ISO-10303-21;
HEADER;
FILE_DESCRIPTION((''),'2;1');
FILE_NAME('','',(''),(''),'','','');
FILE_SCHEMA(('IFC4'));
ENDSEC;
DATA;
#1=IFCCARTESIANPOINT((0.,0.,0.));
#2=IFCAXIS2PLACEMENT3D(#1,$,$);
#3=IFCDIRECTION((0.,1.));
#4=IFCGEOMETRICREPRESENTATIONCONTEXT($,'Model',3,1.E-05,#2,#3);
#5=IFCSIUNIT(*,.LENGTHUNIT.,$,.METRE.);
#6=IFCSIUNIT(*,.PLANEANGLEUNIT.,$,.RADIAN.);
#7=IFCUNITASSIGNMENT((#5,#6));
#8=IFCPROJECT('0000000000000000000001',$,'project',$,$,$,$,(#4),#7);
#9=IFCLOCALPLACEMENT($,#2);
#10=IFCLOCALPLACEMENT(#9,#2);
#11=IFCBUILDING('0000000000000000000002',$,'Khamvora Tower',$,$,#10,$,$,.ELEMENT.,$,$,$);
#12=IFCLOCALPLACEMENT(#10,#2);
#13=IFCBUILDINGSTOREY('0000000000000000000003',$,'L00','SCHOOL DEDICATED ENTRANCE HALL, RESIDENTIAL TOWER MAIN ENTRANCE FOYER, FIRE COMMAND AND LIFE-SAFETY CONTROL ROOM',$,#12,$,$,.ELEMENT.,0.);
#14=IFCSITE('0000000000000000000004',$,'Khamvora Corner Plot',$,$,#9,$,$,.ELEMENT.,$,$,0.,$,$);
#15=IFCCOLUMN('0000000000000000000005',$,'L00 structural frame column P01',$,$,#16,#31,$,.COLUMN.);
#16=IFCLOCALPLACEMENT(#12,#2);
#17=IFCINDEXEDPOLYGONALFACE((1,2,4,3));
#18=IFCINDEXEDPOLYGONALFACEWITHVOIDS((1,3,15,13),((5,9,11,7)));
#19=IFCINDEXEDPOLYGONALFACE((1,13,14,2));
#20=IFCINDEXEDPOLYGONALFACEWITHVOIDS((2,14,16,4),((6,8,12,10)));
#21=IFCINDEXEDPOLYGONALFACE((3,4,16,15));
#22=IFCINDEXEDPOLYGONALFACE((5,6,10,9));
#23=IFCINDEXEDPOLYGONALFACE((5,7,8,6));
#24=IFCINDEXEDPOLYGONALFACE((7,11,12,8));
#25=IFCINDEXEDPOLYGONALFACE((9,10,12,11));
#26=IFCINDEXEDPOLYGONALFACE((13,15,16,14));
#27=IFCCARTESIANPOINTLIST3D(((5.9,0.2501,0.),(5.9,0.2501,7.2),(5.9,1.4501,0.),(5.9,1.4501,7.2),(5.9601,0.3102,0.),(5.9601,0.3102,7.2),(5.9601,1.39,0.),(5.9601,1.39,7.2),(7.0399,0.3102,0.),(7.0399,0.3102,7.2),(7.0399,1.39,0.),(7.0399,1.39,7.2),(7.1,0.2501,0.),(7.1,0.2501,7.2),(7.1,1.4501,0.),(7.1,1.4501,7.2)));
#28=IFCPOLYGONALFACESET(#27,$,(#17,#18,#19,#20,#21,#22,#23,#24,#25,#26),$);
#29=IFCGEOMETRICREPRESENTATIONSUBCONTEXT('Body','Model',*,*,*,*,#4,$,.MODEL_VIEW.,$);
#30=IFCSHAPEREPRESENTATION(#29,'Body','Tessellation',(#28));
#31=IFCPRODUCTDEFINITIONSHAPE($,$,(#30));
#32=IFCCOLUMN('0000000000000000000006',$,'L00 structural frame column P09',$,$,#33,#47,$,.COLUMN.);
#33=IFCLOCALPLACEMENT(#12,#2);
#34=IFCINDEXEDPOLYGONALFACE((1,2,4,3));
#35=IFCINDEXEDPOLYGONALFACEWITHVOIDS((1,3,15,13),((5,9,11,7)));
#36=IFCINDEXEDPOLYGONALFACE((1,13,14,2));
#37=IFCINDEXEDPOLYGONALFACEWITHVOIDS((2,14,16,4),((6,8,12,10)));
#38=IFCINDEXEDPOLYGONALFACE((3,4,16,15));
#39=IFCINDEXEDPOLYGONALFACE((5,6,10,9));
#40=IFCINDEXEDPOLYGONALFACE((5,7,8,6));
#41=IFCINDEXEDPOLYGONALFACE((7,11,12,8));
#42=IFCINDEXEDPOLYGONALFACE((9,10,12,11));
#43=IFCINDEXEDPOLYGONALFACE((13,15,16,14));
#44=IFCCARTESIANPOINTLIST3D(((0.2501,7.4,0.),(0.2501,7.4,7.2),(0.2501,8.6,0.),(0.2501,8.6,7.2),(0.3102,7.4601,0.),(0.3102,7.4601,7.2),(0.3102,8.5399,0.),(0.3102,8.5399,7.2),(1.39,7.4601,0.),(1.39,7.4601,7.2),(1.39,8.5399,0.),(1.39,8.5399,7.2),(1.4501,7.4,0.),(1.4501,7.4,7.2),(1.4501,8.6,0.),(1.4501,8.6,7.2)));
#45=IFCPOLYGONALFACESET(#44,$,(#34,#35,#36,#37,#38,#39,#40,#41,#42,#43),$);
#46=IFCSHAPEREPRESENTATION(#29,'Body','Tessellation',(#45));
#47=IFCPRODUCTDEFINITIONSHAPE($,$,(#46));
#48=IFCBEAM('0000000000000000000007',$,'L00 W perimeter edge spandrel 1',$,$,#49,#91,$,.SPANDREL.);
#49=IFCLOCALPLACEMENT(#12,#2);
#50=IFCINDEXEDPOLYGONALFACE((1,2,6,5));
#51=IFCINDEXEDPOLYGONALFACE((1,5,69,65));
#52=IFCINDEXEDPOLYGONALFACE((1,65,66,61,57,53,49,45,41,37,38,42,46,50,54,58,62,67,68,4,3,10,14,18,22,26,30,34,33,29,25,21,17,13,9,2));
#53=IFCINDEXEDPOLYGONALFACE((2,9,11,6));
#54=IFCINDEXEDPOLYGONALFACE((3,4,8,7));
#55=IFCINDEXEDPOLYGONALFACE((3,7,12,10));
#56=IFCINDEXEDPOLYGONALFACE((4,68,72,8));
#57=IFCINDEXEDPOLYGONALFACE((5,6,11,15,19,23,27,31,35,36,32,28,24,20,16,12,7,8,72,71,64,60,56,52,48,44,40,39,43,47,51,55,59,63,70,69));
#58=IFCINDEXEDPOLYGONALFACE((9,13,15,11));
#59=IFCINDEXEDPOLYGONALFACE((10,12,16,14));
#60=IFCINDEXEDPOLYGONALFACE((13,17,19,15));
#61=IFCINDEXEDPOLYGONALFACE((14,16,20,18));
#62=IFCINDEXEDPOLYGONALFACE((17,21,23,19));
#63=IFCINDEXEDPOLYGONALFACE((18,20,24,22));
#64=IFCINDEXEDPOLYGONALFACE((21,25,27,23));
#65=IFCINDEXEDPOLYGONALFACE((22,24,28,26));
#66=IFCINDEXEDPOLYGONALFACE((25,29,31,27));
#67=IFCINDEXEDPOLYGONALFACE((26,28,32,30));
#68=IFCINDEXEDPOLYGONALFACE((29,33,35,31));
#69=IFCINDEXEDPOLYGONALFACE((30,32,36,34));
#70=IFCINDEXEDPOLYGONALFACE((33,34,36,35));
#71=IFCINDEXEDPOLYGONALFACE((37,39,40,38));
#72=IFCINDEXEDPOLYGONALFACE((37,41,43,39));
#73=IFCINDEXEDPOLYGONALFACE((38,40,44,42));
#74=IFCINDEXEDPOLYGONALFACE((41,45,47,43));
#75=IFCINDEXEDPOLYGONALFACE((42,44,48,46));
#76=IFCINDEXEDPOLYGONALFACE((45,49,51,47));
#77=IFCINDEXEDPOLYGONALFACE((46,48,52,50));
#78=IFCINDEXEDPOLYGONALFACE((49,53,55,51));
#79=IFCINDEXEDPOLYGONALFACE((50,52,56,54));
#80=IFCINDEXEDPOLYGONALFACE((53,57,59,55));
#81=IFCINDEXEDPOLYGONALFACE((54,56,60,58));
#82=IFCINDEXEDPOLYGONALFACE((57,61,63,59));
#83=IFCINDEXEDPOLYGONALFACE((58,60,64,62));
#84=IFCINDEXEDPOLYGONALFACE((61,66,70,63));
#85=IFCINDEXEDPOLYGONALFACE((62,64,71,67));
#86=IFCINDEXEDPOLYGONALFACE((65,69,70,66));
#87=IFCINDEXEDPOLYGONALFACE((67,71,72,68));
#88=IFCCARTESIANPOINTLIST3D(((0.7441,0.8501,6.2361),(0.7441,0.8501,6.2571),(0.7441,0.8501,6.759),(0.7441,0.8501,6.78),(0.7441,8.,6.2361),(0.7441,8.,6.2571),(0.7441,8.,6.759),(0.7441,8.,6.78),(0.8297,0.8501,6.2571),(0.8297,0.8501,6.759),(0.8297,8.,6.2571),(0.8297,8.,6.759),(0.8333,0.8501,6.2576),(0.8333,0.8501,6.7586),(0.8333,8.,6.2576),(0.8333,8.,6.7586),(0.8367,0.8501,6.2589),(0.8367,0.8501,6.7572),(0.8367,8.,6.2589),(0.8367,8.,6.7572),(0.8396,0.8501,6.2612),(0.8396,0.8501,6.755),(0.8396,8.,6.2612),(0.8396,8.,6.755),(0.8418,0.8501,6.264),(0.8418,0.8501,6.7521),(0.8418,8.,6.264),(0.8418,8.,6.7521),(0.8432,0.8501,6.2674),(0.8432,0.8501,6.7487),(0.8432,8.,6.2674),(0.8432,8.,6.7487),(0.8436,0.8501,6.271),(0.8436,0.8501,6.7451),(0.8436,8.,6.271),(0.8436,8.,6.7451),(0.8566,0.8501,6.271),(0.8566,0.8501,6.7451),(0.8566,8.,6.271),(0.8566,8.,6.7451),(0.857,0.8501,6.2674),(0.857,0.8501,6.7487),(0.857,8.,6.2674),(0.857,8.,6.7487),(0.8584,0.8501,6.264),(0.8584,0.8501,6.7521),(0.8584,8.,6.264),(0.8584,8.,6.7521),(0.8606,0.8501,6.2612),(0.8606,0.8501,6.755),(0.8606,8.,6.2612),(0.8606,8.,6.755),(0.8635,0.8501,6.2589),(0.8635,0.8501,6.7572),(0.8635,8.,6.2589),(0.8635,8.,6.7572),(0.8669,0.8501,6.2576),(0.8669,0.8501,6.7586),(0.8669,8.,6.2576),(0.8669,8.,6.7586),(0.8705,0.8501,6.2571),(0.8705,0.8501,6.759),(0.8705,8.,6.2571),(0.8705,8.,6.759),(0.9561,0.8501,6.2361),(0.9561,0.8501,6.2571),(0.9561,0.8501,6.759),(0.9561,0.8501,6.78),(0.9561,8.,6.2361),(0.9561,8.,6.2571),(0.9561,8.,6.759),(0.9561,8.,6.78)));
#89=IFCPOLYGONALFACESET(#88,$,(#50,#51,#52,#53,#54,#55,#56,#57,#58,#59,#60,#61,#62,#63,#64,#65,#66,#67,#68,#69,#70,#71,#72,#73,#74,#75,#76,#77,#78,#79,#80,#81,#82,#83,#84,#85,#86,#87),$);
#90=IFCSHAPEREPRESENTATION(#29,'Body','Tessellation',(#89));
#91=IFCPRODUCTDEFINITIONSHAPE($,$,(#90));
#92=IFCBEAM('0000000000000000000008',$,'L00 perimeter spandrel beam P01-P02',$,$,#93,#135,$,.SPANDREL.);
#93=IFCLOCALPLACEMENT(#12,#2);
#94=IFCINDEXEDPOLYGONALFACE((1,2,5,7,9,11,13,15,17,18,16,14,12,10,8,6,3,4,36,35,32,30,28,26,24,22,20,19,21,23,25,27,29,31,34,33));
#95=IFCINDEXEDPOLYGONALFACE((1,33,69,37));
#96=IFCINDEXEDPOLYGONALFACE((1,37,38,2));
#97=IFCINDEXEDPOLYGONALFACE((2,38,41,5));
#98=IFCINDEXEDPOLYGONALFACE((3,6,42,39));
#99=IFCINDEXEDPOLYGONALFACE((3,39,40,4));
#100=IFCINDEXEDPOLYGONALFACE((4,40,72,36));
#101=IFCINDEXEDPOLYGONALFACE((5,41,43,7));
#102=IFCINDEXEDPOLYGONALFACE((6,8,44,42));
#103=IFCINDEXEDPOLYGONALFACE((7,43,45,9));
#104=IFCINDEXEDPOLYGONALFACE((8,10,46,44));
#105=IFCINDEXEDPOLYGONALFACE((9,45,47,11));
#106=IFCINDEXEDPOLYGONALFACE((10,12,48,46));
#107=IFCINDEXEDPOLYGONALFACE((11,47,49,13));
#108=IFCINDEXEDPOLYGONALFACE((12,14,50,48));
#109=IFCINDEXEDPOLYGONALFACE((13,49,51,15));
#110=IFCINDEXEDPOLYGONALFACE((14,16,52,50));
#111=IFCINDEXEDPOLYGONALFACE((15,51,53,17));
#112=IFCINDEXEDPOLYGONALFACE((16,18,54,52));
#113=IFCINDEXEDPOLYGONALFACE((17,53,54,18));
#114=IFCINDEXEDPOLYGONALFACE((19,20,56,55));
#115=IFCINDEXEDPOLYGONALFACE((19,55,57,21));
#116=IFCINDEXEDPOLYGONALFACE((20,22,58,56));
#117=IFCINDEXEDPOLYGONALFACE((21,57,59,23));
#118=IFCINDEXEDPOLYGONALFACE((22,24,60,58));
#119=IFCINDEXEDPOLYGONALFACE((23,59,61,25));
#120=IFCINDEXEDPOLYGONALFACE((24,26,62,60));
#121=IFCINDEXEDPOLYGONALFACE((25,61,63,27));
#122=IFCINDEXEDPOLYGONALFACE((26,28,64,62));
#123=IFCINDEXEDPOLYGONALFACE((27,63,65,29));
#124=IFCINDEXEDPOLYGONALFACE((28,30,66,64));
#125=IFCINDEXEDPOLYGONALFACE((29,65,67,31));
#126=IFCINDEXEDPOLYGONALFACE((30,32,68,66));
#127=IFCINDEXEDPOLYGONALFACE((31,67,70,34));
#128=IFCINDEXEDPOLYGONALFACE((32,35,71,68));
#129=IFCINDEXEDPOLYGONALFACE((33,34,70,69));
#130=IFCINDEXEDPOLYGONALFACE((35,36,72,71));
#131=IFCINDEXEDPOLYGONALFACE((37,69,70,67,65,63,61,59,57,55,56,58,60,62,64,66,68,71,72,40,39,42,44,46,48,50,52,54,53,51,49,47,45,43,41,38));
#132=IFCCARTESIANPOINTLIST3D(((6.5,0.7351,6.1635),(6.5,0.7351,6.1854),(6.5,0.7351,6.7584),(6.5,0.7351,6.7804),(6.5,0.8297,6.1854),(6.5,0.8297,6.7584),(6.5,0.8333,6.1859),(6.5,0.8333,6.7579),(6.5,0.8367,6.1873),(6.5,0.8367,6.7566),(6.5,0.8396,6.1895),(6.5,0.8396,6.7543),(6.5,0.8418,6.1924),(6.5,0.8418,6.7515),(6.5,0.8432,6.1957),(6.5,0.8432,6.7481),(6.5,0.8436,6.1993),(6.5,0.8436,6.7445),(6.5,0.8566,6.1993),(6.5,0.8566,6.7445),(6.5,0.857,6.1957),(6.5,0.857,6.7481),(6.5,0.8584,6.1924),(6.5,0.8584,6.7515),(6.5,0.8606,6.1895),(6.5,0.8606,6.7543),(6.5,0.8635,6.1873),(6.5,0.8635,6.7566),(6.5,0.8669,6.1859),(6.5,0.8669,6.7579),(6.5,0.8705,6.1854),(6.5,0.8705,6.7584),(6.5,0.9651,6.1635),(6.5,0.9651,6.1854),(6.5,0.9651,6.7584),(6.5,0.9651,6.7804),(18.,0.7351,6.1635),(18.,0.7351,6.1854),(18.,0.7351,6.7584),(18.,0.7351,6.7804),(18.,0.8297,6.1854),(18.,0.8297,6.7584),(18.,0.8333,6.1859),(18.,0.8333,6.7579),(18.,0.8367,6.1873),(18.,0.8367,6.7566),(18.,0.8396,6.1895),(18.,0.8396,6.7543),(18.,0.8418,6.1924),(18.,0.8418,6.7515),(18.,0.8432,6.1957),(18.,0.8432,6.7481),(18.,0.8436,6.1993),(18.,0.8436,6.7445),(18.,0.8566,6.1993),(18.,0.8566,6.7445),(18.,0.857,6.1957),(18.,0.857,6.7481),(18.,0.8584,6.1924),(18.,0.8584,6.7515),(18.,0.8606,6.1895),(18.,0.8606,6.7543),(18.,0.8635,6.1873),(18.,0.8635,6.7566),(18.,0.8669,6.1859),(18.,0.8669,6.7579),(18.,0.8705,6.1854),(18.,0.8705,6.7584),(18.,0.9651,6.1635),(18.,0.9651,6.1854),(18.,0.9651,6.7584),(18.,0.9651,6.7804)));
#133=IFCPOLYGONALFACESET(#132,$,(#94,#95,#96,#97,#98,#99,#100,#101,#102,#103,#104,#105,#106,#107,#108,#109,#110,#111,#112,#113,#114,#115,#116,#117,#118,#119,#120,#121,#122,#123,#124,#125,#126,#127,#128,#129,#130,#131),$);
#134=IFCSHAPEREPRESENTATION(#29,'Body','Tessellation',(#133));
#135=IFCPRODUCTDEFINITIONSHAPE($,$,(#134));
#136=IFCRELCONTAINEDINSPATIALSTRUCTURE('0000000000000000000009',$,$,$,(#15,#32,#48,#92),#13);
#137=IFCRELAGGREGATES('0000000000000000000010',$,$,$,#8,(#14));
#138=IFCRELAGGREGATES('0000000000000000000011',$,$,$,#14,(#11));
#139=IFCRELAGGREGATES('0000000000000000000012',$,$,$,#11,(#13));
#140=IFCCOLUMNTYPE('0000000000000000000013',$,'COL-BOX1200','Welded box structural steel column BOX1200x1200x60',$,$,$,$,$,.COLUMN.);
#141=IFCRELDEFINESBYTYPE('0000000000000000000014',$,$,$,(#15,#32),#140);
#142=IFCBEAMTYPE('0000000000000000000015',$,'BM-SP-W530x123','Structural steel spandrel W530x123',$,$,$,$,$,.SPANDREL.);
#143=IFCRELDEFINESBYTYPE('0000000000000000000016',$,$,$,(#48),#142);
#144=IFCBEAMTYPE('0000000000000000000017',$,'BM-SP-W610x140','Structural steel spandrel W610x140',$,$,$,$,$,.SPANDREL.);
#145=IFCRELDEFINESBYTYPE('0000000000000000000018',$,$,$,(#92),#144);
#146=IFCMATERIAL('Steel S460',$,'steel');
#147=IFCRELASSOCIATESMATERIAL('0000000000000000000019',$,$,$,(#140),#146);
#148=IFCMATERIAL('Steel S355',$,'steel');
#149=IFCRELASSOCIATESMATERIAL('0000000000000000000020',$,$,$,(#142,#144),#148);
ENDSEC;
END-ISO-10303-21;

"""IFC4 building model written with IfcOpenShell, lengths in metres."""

from ifc_helpers import new_model, si_unit, direction, frame, origin, origin_2d, place, context, subcontext, project, spatial, hollow_rectangle, i_section, extrude, material, material_profile, profile_set, type_object, element, save


model = new_model("IFC4")

# Units and contexts
model_context = context("Model", 3, precision=1e-05, world=origin(), true_north=direction((0.0, 1.0)))
body_context = subcontext(model_context, "Body", "Model", "MODEL_VIEW")
ifc_project = project(units=[si_unit("LENGTHUNIT", "METRE"), si_unit("PLANEANGLEUNIT", "RADIAN")], contexts=[model_context])

# Site, building, storey
site_placement = place(None, origin())
site = spatial("IfcSite", under=ifc_project, at=site_placement, Name="Khamvora Corner Plot", CompositionType="ELEMENT", RefElevation=0.0)
building_placement = place(site_placement, origin())
building = spatial("IfcBuilding", under=site, at=building_placement, Name="Khamvora Tower", CompositionType="ELEMENT")
storey_placement = place(building_placement, origin())
storey = spatial("IfcBuildingStorey", under=building, at=storey_placement, Name="L00", Description="SCHOOL DEDICATED ENTRANCE HALL, RESIDENTIAL TOWER MAIN ENTRANCE FOYER, FIRE COMMAND AND LIFE-SAFETY CONTROL ROOM", CompositionType="ELEMENT", Elevation=0.0)

# Columns
ifc_material_1 = material(Name="Steel S460", Category="steel")
ifc_material_profile_1 = material_profile(ifc_material_1, hollow_rectangle(XDim=1.2, YDim=1.2, WallThickness=0.0601, at=origin_2d()), Name="BOX1200x1200x60")
ifc_profile_set_1 = profile_set([ifc_material_profile_1], Name="Steel S460")
column_type = type_object("IfcColumnType", Name="COL-BOX1200", Description="Welded box structural steel column BOX1200x1200x60", PredefinedType="COLUMN", material=ifc_profile_set_1)
for number, where, z_axis, x_axis, name in (
    (1, (6.5, 0.8501, 0.0), (0.0, 0.0, 1.0), (1.0, 0.0, 0.0), "L00 structural frame column P01"),
    (2, (0.8501, 8.0, 0.0), (0.0, 0.0, 1.0), (1.0, 0.0, 0.0), "L00 structural frame column P09"),
):
    element("IfcColumn", number, at=place(storey_placement, frame(where, z_axis=z_axis, x_axis=x_axis)), inside=storey, type_object=column_type, Name=name, PredefinedType="COLUMN", context=body_context, shape_type="SweptSolid", body=[
        extrude(hollow_rectangle(XDim=1.2, YDim=1.2, WallThickness=0.0601, at=origin_2d()), origin(), (0.0, 0.0, 1.0), 7.2),
    ])

# Beams
ifc_material_2 = material(Name="Steel S355", Category="steel")
ifc_material_profile_2 = material_profile(ifc_material_2, i_section(OverallWidth=0.2119, OverallDepth=0.5439, WebThickness=0.0129, FlangeThickness=0.021, FilletRadius=0.0139, at=origin_2d()), Name="W530x123")
ifc_profile_set_2 = profile_set([ifc_material_profile_2], Name="Steel S355")
beam_type_1 = type_object("IfcBeamType", Name="BM-SP-W530x123", Description="Structural steel spandrel W530x123", PredefinedType="SPANDREL", material=ifc_profile_set_2)
beam_1_placement = place(storey_placement, frame((0.8501, 0.8501, 6.5081), z_axis=(0.0, 1.0, 0.0), x_axis=(-1.0, 0.0, 0.0)))
element("IfcBeam", 3, at=beam_1_placement, inside=storey, type_object=beam_type_1, Name="L00 W perimeter edge spandrel 1", PredefinedType="SPANDREL", context=body_context, shape_type="SweptSolid", body=[
    extrude(i_section(OverallWidth=0.2119, OverallDepth=0.5439, WebThickness=0.0129, FlangeThickness=0.021, FilletRadius=0.0139, at=origin_2d()), origin(), (0.0, 0.0, 1.0), 7.1499),
])
ifc_material_profile_3 = material_profile(ifc_material_2, i_section(OverallWidth=0.23, OverallDepth=0.6169, WebThickness=0.0129, FlangeThickness=0.022, FilletRadius=0.0139, at=origin_2d()), Name="W610x140")
ifc_profile_set_3 = profile_set([ifc_material_profile_3], Name="Steel S355")
beam_type_2 = type_object("IfcBeamType", Name="BM-SP-W610x140", Description="Structural steel spandrel W610x140", PredefinedType="SPANDREL", material=ifc_profile_set_3)
beam_2_placement = place(storey_placement, frame((6.5, 0.8501, 6.4719), z_axis=(1.0, 0.0, 0.0), x_axis=(0.0, 1.0, 0.0)))
element("IfcBeam", 4, at=beam_2_placement, inside=storey, type_object=beam_type_2, Name="L00 perimeter spandrel beam P01-P02", PredefinedType="SPANDREL", context=body_context, shape_type="SweptSolid", body=[
    extrude(i_section(OverallWidth=0.23, OverallDepth=0.6169, WebThickness=0.0129, FlangeThickness=0.022, FilletRadius=0.0139, at=origin_2d()), origin(), (0.0, 0.0, 1.0), 11.5),
])

save(model, "model.ifc")
